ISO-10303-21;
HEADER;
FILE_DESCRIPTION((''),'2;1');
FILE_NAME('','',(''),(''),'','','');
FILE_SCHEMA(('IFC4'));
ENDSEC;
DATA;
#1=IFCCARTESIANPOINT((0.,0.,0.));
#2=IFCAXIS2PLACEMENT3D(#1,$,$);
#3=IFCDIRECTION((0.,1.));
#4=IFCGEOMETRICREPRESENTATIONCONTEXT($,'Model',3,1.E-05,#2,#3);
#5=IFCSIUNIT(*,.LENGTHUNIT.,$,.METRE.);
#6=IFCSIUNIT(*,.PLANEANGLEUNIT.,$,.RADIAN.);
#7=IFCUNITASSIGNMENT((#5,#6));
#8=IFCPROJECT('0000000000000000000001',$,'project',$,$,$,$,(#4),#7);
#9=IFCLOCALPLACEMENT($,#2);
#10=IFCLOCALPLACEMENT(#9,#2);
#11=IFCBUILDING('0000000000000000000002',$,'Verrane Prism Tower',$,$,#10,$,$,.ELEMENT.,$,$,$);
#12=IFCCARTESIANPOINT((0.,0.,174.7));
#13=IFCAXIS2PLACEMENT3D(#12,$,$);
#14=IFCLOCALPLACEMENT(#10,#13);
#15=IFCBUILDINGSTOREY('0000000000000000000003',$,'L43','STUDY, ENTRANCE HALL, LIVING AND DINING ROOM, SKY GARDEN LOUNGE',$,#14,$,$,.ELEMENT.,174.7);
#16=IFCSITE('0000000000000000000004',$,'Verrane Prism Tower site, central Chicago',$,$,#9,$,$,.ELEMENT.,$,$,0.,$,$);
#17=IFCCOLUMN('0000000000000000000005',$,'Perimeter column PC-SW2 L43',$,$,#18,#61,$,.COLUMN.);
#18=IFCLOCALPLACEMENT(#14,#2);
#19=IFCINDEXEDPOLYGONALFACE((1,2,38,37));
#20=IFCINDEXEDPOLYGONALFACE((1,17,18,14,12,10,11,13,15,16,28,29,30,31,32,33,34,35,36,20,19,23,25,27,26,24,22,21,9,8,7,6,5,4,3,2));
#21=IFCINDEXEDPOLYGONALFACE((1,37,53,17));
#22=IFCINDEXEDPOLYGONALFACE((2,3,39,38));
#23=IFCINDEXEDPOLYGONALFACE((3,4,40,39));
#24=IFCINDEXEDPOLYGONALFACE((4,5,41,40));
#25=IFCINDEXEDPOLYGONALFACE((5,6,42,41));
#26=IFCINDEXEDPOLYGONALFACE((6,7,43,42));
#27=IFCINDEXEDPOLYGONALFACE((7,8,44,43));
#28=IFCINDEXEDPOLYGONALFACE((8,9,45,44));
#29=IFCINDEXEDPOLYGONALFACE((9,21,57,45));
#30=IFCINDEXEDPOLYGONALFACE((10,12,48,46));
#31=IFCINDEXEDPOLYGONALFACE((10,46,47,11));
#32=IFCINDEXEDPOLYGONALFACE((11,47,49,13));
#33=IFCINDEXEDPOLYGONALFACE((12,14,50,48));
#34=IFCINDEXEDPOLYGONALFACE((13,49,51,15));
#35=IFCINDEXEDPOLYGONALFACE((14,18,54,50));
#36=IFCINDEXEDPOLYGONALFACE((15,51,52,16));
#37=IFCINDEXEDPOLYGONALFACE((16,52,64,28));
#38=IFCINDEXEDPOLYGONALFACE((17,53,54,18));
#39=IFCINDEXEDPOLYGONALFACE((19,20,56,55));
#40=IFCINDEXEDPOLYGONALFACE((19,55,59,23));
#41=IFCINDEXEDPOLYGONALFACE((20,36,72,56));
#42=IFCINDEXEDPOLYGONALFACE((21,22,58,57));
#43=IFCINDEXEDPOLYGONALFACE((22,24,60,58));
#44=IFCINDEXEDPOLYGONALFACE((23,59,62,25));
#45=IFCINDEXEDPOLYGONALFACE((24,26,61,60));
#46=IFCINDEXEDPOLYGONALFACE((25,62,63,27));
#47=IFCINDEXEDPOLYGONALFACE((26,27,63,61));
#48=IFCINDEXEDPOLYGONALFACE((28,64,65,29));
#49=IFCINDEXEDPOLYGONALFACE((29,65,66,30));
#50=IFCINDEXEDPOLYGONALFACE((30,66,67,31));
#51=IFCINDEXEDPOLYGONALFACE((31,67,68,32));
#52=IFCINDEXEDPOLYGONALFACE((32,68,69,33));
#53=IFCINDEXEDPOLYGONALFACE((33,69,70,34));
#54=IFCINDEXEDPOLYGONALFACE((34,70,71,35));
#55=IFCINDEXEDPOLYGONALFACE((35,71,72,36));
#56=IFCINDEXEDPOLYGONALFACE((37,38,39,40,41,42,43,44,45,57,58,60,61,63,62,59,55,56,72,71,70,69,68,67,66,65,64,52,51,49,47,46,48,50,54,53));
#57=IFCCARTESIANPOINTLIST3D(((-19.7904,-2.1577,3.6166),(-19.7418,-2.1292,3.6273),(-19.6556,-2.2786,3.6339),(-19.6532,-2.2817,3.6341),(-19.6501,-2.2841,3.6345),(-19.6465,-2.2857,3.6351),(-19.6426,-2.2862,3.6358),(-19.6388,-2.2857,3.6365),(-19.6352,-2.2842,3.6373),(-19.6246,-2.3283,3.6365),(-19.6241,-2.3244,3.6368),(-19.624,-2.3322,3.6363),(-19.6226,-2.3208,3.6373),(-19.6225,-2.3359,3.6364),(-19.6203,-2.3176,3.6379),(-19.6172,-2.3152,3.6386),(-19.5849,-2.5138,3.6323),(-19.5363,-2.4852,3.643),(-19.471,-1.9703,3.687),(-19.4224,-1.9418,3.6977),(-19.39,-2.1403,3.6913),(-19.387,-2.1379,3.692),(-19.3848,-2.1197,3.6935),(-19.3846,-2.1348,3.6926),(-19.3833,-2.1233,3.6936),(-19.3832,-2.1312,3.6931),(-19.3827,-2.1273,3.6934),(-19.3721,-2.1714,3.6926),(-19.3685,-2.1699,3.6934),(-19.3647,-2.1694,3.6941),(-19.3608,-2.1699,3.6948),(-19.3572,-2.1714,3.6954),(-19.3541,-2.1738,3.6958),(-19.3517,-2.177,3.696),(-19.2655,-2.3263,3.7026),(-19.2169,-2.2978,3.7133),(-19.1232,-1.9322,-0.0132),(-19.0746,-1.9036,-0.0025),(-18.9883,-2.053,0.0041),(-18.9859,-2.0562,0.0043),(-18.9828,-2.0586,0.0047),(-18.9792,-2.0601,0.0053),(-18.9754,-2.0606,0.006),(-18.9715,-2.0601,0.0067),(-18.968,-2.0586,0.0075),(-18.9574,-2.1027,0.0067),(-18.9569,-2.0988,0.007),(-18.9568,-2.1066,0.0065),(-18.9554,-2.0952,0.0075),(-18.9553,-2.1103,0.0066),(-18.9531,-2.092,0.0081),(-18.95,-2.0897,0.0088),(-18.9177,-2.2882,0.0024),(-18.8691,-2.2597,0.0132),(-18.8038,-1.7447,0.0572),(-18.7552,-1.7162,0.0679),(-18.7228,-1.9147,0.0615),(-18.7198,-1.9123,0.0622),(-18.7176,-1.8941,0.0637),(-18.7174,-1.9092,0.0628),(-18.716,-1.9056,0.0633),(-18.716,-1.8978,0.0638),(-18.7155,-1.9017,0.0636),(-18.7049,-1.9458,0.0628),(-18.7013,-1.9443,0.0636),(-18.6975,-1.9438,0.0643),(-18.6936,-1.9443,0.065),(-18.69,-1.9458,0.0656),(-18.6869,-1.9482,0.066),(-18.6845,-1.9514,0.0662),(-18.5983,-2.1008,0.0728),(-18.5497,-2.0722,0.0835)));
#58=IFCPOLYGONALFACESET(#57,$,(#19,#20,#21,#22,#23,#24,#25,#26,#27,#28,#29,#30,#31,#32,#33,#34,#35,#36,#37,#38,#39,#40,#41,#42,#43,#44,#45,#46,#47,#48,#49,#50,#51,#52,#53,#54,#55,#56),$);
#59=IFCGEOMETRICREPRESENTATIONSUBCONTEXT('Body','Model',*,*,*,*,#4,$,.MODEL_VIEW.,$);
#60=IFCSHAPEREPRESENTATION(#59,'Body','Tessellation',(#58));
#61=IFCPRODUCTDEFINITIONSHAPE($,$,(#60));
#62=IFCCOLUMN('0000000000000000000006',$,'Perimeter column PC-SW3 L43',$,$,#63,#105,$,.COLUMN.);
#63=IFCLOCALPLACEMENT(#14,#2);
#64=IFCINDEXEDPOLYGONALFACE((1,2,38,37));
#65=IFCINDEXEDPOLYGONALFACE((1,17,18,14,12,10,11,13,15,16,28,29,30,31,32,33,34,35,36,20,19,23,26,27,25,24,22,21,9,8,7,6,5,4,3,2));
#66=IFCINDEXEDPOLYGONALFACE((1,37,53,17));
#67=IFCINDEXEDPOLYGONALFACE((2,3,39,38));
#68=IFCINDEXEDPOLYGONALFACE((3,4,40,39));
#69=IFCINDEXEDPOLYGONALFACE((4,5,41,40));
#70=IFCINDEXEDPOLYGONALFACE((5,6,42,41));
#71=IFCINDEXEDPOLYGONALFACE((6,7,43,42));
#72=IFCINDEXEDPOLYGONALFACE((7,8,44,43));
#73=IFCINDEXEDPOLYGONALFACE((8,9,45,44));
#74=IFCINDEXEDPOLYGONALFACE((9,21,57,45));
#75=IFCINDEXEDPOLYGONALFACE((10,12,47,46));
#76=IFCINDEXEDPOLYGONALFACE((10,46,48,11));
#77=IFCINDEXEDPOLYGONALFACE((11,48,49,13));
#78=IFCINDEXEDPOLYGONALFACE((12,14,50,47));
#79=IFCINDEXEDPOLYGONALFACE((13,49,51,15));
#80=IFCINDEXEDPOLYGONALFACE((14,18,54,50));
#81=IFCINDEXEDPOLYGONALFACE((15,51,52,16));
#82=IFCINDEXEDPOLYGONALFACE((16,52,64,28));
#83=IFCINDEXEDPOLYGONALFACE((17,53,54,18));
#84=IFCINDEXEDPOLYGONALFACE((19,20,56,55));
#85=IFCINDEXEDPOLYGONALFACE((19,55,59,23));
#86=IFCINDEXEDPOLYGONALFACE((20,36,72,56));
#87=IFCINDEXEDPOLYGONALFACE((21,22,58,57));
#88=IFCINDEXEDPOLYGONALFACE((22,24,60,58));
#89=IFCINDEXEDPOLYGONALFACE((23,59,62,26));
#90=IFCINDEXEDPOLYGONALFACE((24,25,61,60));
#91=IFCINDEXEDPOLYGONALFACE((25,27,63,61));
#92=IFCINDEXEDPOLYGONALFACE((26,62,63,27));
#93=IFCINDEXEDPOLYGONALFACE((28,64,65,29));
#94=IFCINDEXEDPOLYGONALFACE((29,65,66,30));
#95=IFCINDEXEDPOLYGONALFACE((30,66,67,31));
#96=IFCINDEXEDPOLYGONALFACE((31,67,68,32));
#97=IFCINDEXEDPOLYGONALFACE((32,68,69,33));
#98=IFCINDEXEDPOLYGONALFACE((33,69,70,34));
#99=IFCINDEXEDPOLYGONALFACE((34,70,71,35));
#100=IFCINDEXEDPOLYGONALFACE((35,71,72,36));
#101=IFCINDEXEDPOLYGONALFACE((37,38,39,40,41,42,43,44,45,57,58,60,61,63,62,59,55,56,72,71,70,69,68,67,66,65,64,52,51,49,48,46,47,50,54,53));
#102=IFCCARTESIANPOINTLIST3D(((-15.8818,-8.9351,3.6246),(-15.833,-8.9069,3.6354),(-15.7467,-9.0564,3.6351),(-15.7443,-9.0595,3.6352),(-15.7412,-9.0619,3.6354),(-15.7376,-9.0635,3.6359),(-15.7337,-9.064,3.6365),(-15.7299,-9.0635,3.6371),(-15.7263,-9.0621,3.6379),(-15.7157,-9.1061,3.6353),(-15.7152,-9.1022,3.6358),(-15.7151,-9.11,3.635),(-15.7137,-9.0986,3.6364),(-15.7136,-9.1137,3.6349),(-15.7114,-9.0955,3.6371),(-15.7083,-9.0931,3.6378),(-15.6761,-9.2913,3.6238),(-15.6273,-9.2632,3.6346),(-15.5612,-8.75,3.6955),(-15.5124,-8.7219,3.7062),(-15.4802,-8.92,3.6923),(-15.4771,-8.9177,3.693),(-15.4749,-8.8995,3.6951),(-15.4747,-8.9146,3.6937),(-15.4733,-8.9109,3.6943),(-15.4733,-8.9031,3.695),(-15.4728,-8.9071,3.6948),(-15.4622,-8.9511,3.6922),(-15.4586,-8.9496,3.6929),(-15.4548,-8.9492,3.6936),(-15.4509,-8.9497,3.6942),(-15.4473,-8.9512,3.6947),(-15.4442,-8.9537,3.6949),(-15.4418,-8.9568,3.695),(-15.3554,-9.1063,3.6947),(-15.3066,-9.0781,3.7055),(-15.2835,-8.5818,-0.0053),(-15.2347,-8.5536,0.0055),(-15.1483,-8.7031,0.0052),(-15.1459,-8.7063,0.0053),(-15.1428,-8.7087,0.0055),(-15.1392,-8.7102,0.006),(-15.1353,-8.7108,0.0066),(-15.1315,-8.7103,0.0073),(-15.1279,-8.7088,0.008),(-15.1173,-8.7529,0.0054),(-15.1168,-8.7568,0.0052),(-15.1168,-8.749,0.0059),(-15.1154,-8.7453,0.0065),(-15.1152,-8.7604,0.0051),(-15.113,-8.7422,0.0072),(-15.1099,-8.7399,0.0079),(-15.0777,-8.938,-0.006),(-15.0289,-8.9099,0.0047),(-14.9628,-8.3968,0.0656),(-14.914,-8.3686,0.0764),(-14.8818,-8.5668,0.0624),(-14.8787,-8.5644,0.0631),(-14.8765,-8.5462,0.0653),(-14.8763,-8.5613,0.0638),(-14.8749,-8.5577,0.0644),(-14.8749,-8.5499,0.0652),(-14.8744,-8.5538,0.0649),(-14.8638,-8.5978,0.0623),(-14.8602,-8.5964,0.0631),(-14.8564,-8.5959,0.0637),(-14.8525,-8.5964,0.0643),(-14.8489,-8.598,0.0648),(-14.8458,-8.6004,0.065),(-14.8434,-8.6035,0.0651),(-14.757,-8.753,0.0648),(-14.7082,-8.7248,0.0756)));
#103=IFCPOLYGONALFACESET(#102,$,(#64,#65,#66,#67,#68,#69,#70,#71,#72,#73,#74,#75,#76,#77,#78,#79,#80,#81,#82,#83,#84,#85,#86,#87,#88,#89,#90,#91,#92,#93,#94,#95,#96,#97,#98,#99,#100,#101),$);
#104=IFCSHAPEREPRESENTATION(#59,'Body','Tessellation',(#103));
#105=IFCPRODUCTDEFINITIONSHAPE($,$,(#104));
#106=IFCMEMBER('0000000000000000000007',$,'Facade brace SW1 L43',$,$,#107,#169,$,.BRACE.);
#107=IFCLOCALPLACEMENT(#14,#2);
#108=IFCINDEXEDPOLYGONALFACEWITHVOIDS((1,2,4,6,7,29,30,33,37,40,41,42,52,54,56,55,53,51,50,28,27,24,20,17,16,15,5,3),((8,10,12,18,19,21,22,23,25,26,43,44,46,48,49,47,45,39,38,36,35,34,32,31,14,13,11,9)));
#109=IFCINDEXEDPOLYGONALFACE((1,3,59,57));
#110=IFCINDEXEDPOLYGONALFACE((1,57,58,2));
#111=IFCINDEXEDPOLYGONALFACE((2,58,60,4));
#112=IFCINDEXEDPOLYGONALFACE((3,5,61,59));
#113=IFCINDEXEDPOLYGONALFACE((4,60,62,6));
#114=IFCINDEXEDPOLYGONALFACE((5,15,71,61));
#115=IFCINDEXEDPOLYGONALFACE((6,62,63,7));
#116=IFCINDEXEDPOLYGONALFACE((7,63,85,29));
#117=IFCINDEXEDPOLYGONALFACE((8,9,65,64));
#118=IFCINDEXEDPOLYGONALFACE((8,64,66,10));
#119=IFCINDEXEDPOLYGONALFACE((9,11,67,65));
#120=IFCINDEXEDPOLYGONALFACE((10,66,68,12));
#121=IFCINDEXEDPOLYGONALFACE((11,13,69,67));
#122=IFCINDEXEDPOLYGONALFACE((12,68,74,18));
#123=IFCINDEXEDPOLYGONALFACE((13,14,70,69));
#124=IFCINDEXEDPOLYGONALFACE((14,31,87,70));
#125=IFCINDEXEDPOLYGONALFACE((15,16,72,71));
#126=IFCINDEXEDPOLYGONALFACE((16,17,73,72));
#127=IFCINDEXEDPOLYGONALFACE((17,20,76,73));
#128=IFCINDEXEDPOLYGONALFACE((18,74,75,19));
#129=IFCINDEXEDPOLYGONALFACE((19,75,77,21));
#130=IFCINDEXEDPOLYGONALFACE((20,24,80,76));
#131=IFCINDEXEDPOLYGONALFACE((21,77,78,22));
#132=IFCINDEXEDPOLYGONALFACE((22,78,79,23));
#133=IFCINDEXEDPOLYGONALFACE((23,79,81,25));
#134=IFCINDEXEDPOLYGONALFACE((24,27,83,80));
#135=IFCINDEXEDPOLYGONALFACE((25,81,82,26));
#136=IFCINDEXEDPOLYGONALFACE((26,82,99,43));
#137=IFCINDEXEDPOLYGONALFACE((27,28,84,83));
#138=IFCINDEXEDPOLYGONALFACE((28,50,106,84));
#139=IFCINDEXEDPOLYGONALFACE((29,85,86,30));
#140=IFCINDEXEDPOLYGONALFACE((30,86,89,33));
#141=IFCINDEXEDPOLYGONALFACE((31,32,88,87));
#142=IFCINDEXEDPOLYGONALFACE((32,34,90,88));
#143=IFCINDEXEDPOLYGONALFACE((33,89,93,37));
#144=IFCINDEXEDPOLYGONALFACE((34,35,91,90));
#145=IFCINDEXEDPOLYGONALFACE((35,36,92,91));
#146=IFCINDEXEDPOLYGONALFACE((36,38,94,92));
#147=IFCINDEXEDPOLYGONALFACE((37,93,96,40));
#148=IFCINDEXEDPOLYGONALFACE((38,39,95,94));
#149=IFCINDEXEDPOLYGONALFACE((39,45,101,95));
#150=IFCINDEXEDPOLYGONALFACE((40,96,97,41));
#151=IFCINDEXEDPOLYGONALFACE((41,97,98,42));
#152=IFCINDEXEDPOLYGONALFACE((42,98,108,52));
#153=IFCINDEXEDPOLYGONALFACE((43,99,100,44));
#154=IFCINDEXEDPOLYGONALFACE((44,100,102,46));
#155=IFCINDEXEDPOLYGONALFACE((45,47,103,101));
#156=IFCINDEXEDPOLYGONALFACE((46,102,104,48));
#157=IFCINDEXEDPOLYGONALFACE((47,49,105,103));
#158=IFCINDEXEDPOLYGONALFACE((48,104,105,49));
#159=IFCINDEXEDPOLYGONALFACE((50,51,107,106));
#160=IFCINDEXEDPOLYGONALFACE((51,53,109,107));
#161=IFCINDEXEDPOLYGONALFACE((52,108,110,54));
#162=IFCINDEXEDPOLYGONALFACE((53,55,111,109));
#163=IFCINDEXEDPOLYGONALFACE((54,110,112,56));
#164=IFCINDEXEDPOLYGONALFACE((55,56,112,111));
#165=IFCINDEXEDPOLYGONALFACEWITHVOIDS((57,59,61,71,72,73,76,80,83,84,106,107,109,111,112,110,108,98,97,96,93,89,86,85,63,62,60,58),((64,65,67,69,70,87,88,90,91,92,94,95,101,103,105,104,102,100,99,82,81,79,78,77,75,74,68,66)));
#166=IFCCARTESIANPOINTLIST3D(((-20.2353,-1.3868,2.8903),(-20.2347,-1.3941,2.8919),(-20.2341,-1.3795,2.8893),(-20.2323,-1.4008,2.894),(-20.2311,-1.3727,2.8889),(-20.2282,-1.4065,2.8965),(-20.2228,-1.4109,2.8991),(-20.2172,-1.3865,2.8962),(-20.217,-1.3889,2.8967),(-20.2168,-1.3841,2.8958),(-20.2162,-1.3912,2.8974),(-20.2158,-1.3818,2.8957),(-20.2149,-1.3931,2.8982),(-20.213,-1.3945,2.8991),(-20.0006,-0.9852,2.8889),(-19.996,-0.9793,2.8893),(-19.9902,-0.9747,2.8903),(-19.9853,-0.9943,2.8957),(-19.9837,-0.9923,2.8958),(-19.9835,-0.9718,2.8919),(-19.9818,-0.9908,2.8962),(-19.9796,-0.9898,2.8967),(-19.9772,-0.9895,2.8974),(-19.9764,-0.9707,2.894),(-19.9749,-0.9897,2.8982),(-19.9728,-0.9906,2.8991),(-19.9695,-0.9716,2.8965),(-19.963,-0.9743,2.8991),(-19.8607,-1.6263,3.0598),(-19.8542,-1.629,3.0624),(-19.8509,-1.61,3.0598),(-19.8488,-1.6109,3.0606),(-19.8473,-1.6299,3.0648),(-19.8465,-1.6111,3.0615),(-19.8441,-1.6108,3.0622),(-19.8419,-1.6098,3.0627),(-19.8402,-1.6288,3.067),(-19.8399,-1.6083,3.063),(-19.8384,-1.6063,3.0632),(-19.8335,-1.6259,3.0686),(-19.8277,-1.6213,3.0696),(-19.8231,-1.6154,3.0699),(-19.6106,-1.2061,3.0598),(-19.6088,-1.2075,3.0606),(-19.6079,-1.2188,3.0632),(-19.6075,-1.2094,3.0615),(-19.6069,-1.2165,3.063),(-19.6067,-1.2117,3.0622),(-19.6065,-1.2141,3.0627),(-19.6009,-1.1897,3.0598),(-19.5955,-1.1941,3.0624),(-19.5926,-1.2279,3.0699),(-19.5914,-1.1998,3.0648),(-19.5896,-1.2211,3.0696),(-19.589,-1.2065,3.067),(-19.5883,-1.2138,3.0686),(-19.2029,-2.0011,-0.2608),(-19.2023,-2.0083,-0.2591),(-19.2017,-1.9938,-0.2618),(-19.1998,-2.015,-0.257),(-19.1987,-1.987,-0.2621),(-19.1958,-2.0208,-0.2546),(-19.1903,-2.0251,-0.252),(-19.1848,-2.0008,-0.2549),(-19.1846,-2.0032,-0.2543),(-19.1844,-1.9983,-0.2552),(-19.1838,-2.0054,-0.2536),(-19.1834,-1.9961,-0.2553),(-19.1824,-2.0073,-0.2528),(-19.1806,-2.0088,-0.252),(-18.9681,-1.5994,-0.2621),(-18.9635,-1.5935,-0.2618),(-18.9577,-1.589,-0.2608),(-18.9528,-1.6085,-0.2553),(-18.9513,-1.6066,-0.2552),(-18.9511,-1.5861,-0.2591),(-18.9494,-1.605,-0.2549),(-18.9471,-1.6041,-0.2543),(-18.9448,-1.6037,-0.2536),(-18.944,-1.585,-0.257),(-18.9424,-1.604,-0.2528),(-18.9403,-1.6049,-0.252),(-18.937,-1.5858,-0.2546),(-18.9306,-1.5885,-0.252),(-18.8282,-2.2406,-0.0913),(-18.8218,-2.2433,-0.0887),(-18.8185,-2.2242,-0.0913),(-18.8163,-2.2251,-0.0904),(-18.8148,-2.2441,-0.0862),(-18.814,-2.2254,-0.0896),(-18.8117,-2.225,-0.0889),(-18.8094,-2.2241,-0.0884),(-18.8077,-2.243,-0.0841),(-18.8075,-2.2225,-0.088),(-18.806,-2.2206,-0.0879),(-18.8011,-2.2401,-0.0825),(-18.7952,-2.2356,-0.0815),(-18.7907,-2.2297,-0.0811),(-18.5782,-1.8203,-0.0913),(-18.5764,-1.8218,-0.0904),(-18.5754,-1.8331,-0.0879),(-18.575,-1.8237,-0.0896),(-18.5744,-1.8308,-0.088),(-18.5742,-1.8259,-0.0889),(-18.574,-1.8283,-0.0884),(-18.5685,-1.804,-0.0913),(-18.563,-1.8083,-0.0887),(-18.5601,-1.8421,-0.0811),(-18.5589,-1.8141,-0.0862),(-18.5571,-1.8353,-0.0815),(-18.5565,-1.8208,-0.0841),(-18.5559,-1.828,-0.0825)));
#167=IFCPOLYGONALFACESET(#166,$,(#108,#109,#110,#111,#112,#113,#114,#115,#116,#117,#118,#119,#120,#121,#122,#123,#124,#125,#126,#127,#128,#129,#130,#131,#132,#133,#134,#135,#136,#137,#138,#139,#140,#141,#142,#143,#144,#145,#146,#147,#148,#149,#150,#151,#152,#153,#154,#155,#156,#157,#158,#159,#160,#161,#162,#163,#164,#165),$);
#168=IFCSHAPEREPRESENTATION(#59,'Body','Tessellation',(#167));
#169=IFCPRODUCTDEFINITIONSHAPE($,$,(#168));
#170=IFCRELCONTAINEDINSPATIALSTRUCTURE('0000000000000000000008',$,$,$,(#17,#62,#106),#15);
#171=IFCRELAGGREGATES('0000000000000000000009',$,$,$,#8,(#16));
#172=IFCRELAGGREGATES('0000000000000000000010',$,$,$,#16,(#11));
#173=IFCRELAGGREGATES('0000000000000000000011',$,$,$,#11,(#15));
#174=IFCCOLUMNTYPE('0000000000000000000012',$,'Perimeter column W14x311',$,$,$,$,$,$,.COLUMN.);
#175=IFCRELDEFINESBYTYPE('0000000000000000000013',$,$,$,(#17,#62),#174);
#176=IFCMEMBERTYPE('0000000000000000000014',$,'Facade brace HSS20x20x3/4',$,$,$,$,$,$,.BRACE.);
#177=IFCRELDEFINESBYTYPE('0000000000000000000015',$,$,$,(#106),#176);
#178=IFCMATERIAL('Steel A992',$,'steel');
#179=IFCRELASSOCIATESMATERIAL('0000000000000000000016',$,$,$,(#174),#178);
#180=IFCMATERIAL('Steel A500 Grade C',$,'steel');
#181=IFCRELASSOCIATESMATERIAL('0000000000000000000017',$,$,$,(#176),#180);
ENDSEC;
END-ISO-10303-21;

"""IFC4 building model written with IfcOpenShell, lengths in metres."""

from ifc_helpers import new_model, si_unit, direction, frame, origin, origin_2d, place, context, subcontext, project, spatial, hollow_rectangle, i_section, extrude, material, material_profile, profile_set, type_object, element, save


model = new_model("IFC4")

# Units and contexts
model_context = context("Model", 3, precision=1e-05, world=origin(), true_north=direction((0.0, 1.0)))
body_context = subcontext(model_context, "Body", "Model", "MODEL_VIEW")
ifc_project = project(units=[si_unit("LENGTHUNIT", "METRE"), si_unit("PLANEANGLEUNIT", "RADIAN")], contexts=[model_context])

# Site, building, storey
site_placement = place(None, origin())
site = spatial("IfcSite", under=ifc_project, at=site_placement, Name="Verrane Prism Tower site, central Chicago", CompositionType="ELEMENT", RefElevation=0.0)
building_placement = place(site_placement, origin())
building = spatial("IfcBuilding", under=site, at=building_placement, Name="Verrane Prism Tower", CompositionType="ELEMENT")
storey_placement = place(building_placement, frame((0.0, 0.0, 174.7)))
storey = spatial("IfcBuildingStorey", under=building, at=storey_placement, Name="L43", Description="STUDY, ENTRANCE HALL, LIVING AND DINING ROOM, SKY GARDEN LOUNGE", CompositionType="ELEMENT", Elevation=174.7)

# Columns
ifc_material_1 = material(Name="Steel A992", Category="steel")
ifc_material_profile_1 = material_profile(ifc_material_1, i_section(OverallWidth=0.4114, OverallDepth=0.4343, WebThickness=0.0359, FlangeThickness=0.0574, FilletRadius=0.0151, at=origin_2d()), Name="W14x311")
ifc_profile_set_1 = profile_set([ifc_material_profile_1], Name="Steel A992")
column_type = type_object("IfcColumnType", Name="Perimeter column W14x311", PredefinedType="COLUMN", material=ifc_profile_set_1)
column_1_placement = place(storey_placement, frame((-18.8364, -2.0022, 0.0352), z_axis=(-0.180452, -0.061009, 0.98169), x_axis=(-0.499524, 0.865464, -0.038035)))
element("IfcColumn", 1, at=column_1_placement, inside=storey, type_object=column_type, Name="Perimeter column PC-SW2 L43", PredefinedType="COLUMN", context=body_context, shape_type="SweptSolid", body=[
    extrude(i_section(OverallWidth=0.4114, OverallDepth=0.4343, WebThickness=0.0359, FlangeThickness=0.0574, FilletRadius=0.0151, at=origin_2d()), origin(), (0.0, 0.0, 1.0), 3.6975),
])
column_2_placement = place(storey_placement, frame((-14.9958, -8.6533, 0.0352), z_axis=(-0.161911, -0.095587, 0.982165), x_axis=(-0.500133, 0.865947, 0.001829)))
element("IfcColumn", 2, at=column_2_placement, inside=storey, type_object=column_type, Name="Perimeter column PC-SW3 L43", PredefinedType="COLUMN", context=body_context, shape_type="SweptSolid", body=[
    extrude(i_section(OverallWidth=0.4114, OverallDepth=0.4343, WebThickness=0.0359, FlangeThickness=0.0574, FilletRadius=0.0151, at=origin_2d()), origin(), (0.0, 0.0, 1.0), 3.6958),
])

# Member
ifc_material_2 = material(Name="Steel A500 Grade C", Category="steel")
ifc_material_profile_2 = material_profile(ifc_material_2, hollow_rectangle(XDim=0.5081, YDim=0.5081, WallThickness=0.019, InnerFilletRadius=0.0095, OuterFilletRadius=0.0286, at=origin_2d()), Name="HSS20x20x3/4")
ifc_profile_set_2 = profile_set([ifc_material_profile_2], Name="Steel A500 Grade C")
member_type_1 = type_object("IfcMemberType", Name="Facade brace HSS20x20x3/4", PredefinedType="BRACE", material=ifc_profile_set_2)
member_1_placement = place(storey_placement, frame((-18.8794, -1.9146, -0.1716), z_axis=(-0.306156, 0.182144, 0.934394), x_axis=(-0.511294, -0.859406, 0.0)))
element("IfcMember", 3, at=member_1_placement, inside=storey, type_object=member_type_1, Name="Facade brace SW1 L43", PredefinedType="BRACE", context=body_context, shape_type="SweptSolid", body=[
    extrude(hollow_rectangle(XDim=0.5081, YDim=0.5081, WallThickness=0.019, InnerFilletRadius=0.0095, OuterFilletRadius=0.0286, at=origin_2d()), origin(), (0.0, 0.0, 1.0), 3.3723),
])

save(model, "model.ifc")
